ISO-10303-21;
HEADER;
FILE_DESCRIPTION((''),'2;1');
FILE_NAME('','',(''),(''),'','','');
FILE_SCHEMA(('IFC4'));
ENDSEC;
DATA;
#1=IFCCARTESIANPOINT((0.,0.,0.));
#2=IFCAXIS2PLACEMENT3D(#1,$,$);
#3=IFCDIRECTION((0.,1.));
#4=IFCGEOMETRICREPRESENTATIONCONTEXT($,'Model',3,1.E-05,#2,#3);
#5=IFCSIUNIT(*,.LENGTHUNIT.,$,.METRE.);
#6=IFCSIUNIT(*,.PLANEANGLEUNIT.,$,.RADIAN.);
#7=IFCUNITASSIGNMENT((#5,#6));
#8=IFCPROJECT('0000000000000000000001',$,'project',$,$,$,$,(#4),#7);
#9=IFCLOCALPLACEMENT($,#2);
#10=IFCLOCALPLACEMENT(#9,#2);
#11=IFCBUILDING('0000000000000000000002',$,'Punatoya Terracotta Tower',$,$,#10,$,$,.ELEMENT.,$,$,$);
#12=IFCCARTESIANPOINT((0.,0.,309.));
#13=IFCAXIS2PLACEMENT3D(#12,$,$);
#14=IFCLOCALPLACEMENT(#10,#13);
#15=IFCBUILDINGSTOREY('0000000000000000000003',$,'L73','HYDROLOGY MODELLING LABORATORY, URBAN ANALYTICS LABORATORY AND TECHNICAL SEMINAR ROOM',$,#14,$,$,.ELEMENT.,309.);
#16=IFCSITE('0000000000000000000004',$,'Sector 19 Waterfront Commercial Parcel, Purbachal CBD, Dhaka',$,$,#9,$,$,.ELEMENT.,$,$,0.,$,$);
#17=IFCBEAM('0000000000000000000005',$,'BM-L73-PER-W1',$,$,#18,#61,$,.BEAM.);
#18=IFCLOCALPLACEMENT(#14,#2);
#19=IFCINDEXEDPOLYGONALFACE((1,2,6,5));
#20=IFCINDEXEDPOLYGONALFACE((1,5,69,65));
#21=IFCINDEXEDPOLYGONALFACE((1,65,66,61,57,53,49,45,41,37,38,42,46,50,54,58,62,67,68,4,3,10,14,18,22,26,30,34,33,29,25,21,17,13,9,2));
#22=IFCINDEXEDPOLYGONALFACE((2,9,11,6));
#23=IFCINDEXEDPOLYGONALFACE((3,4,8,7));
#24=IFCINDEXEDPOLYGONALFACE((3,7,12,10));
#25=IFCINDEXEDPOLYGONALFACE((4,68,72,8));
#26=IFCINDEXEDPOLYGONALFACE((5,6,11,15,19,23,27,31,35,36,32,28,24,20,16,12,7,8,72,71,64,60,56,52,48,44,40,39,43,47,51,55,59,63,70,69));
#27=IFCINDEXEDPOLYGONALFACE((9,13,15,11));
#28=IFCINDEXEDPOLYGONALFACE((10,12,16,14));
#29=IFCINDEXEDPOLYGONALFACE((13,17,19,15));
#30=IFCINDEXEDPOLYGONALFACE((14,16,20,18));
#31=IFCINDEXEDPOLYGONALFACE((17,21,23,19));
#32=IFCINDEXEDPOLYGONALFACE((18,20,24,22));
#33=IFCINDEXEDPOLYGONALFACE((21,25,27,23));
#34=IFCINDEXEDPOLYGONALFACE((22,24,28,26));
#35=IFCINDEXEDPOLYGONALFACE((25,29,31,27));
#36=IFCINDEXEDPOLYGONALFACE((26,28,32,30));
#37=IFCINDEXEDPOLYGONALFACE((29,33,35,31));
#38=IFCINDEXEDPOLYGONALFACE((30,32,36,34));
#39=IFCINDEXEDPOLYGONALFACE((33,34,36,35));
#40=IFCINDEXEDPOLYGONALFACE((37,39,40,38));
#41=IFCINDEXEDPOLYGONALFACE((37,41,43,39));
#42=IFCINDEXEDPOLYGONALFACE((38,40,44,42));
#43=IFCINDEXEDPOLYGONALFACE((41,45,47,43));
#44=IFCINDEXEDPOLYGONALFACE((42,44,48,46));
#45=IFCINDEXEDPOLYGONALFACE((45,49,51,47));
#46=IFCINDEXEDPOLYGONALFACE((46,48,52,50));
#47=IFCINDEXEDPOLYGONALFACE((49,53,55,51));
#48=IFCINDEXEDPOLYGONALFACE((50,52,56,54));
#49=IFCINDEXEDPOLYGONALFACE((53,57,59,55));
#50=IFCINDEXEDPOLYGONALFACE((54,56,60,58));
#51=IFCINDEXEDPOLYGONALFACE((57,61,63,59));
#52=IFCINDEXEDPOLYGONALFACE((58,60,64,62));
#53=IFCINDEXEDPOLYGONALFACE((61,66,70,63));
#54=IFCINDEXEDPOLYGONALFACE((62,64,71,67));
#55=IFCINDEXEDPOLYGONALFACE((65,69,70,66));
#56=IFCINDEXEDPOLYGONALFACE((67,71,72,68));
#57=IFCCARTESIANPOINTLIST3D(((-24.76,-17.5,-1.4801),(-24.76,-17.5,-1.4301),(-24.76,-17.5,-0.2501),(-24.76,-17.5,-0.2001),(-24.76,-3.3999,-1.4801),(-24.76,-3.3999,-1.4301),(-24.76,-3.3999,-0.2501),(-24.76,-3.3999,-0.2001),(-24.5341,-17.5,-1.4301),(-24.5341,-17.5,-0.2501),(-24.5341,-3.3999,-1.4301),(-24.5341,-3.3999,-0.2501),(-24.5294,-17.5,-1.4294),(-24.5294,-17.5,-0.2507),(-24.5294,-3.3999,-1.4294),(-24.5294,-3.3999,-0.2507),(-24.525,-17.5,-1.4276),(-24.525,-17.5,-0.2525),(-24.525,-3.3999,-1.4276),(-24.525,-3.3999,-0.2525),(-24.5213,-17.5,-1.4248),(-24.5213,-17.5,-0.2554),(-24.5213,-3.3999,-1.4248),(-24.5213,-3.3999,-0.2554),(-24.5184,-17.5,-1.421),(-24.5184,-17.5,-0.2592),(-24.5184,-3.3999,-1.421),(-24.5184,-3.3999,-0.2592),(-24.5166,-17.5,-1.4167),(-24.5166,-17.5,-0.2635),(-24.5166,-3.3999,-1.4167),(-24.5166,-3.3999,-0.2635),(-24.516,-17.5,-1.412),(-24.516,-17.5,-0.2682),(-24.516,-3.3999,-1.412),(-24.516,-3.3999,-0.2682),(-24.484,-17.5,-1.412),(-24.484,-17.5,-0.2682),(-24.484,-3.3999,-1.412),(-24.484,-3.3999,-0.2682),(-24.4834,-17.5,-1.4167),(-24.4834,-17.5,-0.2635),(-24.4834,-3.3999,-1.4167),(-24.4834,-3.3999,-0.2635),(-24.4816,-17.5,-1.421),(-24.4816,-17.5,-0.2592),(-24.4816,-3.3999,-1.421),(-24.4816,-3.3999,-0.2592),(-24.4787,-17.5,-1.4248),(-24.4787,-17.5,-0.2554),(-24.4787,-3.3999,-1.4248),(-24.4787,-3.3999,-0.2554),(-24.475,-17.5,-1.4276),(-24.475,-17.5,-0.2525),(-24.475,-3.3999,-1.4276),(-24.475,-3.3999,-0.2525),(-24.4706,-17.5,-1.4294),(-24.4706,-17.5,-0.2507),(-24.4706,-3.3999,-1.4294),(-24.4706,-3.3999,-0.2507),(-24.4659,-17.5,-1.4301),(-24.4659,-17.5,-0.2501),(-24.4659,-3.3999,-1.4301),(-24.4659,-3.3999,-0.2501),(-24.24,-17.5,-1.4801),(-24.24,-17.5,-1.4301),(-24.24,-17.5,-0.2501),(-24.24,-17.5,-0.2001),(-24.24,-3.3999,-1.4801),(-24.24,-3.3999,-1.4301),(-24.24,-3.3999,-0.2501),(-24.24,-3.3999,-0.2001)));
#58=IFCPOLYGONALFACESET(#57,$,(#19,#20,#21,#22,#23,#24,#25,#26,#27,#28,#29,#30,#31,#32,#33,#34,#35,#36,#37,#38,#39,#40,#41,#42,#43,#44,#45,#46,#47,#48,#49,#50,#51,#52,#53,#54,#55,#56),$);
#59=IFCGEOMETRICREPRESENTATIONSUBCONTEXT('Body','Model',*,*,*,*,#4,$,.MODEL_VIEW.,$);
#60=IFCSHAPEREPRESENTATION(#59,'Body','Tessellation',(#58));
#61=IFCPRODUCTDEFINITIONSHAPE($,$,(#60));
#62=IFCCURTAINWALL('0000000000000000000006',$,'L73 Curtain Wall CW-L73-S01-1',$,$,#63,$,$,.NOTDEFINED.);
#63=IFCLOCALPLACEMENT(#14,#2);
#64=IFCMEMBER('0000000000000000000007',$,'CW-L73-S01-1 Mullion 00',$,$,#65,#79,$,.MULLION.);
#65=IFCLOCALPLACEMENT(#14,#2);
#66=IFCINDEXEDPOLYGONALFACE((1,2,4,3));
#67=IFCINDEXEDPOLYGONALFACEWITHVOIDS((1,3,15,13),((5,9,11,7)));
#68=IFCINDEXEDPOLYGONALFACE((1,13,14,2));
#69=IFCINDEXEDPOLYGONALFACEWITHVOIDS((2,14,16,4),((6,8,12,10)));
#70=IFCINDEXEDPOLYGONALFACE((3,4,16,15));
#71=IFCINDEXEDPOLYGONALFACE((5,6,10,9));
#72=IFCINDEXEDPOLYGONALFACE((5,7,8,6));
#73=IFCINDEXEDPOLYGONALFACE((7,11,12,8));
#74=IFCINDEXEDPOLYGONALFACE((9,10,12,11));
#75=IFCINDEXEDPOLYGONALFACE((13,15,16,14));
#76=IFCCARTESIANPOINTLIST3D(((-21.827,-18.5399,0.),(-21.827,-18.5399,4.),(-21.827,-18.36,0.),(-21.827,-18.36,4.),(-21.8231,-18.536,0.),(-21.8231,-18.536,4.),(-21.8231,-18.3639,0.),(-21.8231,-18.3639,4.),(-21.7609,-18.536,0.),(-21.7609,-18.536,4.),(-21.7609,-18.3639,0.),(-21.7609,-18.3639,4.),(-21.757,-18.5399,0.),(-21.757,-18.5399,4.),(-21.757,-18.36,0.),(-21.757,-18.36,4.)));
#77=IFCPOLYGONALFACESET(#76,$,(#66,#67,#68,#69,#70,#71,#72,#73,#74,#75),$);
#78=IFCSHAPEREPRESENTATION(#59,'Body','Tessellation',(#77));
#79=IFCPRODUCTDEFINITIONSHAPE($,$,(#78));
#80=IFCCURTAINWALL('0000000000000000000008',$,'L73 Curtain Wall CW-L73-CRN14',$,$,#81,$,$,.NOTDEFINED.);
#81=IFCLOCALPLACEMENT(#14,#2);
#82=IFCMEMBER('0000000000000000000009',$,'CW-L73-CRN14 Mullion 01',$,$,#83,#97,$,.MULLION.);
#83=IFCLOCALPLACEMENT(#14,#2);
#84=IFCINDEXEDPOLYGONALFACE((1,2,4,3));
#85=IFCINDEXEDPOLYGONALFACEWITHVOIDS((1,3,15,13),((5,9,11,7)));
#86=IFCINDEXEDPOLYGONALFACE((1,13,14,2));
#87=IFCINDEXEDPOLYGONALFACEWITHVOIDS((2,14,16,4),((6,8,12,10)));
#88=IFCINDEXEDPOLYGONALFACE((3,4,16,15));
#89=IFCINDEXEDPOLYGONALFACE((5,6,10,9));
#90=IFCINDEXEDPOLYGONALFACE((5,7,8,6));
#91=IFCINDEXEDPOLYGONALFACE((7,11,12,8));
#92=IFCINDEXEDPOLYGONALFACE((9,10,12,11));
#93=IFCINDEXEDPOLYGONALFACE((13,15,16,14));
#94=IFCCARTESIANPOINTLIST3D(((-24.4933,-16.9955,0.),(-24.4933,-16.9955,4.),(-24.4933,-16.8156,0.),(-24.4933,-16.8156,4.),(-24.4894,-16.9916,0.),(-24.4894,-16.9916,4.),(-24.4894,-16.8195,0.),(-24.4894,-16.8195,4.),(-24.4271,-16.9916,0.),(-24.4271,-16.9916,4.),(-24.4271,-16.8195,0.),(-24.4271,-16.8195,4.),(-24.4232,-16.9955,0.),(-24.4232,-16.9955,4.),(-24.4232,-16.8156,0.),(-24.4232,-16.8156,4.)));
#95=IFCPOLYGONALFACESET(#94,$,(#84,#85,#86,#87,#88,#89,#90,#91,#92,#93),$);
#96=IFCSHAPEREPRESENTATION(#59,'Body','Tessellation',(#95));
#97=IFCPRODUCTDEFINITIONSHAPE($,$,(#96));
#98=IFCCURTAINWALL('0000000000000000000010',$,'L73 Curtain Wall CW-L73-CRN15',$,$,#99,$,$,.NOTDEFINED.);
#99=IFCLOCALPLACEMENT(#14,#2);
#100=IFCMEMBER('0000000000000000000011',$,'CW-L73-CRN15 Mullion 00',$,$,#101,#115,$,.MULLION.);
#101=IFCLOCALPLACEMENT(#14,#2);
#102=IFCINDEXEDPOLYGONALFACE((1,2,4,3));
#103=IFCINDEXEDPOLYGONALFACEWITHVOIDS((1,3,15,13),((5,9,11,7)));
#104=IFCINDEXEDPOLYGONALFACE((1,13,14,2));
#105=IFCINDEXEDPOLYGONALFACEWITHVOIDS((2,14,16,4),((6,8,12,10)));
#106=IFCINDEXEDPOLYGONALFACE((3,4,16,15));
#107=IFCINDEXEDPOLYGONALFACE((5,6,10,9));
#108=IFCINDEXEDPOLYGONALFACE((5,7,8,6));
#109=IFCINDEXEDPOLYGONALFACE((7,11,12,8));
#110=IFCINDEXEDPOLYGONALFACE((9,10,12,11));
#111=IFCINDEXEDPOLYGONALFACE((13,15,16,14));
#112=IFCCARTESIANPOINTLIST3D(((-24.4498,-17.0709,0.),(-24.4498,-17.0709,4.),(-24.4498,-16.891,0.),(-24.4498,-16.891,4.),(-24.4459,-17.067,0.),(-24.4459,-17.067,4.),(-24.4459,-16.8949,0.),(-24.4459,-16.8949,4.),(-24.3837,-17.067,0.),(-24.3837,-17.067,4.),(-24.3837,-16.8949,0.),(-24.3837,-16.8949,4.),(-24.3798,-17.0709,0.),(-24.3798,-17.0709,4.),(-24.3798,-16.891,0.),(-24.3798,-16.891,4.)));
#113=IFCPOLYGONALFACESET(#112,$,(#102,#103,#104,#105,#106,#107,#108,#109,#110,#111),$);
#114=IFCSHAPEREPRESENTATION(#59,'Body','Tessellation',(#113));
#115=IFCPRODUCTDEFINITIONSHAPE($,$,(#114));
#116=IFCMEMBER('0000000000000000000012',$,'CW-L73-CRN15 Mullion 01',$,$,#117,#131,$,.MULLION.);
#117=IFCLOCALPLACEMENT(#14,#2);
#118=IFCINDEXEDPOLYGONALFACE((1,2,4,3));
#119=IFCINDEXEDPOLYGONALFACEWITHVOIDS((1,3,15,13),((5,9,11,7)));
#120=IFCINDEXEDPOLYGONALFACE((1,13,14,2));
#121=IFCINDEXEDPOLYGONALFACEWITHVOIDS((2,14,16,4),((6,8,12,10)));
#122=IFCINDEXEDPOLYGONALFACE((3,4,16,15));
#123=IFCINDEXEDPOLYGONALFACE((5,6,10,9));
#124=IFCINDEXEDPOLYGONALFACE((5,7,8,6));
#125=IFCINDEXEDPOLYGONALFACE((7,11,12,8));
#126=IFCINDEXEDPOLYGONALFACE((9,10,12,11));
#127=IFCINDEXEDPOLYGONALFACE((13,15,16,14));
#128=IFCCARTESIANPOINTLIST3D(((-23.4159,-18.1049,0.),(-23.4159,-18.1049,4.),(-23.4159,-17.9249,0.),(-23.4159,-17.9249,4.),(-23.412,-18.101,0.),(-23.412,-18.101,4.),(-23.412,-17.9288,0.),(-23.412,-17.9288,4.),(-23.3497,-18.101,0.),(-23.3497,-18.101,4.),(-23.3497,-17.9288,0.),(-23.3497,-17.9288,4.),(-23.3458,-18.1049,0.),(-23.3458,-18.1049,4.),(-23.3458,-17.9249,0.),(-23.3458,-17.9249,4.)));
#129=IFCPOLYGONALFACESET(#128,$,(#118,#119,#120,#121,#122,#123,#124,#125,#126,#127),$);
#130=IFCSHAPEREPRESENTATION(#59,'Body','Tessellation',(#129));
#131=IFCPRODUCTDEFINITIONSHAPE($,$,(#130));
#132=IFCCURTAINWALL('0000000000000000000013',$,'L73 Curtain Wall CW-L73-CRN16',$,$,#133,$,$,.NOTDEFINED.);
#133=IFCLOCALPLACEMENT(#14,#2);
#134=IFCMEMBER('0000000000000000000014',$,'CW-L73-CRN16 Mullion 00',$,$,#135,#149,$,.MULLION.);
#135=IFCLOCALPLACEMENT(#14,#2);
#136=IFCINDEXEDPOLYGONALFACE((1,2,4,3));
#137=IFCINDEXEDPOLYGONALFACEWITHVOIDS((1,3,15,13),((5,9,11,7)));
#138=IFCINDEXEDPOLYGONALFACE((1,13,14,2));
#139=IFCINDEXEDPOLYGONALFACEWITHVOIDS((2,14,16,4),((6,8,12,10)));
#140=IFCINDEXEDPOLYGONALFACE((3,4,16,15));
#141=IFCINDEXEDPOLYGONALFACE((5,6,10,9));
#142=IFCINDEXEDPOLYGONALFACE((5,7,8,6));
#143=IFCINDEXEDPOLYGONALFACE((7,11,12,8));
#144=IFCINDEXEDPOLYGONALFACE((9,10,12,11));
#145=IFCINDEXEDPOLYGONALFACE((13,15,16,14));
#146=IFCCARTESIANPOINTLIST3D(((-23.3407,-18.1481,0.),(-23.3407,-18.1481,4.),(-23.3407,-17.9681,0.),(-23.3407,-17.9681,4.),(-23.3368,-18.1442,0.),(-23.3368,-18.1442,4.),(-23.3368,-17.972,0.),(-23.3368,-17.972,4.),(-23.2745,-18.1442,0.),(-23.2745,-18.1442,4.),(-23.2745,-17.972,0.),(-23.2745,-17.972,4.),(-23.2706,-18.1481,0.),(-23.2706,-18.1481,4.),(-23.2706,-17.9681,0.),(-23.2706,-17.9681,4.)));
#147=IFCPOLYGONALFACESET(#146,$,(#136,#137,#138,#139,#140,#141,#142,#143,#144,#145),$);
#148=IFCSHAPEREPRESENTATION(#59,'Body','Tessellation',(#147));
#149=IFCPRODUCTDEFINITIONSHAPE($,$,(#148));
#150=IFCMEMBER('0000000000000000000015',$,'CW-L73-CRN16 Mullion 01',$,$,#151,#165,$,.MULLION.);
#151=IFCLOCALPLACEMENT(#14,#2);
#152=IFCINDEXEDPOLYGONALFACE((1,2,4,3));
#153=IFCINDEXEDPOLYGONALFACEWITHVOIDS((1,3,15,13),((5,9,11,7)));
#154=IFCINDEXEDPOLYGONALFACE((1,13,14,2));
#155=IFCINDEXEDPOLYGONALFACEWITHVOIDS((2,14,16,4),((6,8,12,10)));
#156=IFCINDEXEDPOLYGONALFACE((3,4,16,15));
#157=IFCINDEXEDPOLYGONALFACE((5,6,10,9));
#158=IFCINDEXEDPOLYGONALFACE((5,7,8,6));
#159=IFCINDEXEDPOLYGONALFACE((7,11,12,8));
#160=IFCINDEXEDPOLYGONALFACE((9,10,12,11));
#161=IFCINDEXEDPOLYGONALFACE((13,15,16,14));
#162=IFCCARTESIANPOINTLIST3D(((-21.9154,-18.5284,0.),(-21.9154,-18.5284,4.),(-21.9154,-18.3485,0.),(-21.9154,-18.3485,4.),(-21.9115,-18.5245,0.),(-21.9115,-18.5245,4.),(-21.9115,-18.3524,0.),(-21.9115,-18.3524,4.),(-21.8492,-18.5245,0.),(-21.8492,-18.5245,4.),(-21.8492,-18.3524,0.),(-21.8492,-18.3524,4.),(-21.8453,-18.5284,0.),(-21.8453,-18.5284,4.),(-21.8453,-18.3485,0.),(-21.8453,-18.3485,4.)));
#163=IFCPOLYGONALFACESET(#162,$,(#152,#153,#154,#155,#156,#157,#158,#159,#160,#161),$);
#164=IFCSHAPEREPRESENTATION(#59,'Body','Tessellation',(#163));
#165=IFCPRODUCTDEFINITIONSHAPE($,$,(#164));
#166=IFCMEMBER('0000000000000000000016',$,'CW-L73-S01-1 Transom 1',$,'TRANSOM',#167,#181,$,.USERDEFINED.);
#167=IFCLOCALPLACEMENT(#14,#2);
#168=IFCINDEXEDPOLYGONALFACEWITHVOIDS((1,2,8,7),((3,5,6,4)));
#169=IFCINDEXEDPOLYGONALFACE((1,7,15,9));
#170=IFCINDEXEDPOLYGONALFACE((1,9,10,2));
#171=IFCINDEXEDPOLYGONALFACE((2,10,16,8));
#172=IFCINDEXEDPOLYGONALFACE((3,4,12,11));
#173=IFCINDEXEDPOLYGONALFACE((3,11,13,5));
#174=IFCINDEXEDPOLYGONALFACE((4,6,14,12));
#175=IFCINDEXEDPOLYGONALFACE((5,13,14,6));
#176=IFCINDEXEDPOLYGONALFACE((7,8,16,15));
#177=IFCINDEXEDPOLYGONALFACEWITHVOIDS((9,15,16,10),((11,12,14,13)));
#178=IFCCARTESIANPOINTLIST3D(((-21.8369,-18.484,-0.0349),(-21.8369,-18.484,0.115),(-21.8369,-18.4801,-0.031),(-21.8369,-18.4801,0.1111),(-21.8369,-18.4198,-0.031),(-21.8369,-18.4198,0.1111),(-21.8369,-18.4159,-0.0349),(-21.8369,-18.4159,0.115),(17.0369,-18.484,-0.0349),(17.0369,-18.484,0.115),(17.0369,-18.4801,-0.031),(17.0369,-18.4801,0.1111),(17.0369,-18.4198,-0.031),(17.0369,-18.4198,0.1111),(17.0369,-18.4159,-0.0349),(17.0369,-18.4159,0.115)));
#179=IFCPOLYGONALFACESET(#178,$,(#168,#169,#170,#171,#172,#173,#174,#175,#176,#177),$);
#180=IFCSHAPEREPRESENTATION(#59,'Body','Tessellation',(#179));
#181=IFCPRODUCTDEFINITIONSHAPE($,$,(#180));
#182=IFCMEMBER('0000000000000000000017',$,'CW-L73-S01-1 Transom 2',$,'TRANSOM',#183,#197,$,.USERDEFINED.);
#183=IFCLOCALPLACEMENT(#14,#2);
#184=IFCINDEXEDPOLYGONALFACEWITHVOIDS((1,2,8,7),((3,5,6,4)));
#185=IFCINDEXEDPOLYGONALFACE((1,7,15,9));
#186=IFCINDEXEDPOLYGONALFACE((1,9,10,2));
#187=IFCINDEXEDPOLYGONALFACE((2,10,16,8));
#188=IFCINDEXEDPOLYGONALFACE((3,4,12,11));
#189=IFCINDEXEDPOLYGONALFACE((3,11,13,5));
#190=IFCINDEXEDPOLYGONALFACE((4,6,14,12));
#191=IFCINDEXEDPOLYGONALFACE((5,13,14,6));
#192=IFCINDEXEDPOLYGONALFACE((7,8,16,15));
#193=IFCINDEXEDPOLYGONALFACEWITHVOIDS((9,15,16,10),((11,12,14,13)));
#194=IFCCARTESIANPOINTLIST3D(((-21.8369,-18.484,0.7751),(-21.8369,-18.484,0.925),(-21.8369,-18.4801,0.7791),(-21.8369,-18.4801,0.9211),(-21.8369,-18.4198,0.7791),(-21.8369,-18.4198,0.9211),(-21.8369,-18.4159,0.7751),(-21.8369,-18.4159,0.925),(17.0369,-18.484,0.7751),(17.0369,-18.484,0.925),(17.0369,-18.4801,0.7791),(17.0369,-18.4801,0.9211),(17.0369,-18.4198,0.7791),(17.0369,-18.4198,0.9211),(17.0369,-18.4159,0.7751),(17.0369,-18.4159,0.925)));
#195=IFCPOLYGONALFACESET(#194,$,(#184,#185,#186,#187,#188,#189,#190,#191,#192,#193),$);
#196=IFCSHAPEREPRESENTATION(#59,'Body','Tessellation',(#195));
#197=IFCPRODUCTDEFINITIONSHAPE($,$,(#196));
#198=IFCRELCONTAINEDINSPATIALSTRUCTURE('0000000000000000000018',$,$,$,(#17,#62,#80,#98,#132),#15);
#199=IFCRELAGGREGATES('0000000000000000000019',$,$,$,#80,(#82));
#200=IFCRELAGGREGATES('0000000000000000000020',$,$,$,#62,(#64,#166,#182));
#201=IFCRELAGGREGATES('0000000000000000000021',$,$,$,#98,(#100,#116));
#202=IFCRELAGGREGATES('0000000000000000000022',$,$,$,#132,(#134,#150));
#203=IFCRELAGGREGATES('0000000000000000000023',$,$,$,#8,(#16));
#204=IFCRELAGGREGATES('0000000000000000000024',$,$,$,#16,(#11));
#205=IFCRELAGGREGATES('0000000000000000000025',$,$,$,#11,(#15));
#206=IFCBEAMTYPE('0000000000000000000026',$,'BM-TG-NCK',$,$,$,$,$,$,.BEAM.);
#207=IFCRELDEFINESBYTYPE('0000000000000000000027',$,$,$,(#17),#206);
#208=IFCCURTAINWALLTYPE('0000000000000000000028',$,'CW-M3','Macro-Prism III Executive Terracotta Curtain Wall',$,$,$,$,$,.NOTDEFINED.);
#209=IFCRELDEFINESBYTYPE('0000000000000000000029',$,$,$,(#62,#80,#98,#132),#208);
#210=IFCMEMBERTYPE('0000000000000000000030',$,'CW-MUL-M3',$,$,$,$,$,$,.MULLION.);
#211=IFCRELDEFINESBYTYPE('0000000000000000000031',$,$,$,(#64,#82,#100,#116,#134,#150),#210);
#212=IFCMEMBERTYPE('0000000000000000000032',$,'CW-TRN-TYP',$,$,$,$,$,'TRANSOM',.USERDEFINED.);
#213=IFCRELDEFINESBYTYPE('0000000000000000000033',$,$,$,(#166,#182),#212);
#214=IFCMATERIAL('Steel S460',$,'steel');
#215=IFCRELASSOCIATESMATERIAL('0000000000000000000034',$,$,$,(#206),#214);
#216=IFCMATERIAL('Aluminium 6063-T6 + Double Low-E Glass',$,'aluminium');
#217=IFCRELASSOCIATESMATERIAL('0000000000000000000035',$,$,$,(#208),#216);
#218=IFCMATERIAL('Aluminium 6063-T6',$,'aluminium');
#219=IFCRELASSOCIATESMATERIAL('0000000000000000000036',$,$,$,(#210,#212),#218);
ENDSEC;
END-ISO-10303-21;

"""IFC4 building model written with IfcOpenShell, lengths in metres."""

from ifc_helpers import new_model, si_unit, direction, frame, origin, origin_2d, place, context, subcontext, project, spatial, hollow_rectangle, i_section, extrude, material, material_profile, profile_set, type_object, element, aggregate, save


model = new_model("IFC4")

# Units and contexts
model_context = context("Model", 3, precision=1e-05, world=origin(), true_north=direction((0.0, 1.0)))
body_context = subcontext(model_context, "Body", "Model", "MODEL_VIEW")
ifc_project = project(units=[si_unit("LENGTHUNIT", "METRE"), si_unit("PLANEANGLEUNIT", "RADIAN")], contexts=[model_context])

# Site, building, storey
site_placement = place(None, origin())
site = spatial("IfcSite", under=ifc_project, at=site_placement, Name="Sector 19 Waterfront Commercial Parcel, Purbachal CBD, Dhaka", CompositionType="ELEMENT", RefElevation=0.0)
building_placement = place(site_placement, origin())
building = spatial("IfcBuilding", under=site, at=building_placement, Name="Punatoya Terracotta Tower", CompositionType="ELEMENT")
storey_placement = place(building_placement, frame((0.0, 0.0, 309.0)))
storey = spatial("IfcBuildingStorey", under=building, at=storey_placement, Name="L73", Description="HYDROLOGY MODELLING LABORATORY, URBAN ANALYTICS LABORATORY AND TECHNICAL SEMINAR ROOM", CompositionType="ELEMENT", Elevation=309.0)

# Shared definitions
ifc_material_1 = material(Name="Steel S460", Category="steel")

# Beam
ifc_material_profile_1 = material_profile(ifc_material_1, i_section(OverallWidth=0.52, OverallDepth=1.28, WebThickness=0.032, FlangeThickness=0.05, FilletRadius=0.0181, at=origin_2d()))
ifc_profile_set_1 = profile_set([ifc_material_profile_1], Name="Steel S460")
beam_type_1 = type_object("IfcBeamType", Name="BM-TG-NCK", PredefinedType="BEAM", material=ifc_profile_set_1)
beam_1_placement = place(storey_placement, frame((-24.5, -17.5, -0.8401), z_axis=(0.0, 1.0, 0.0), x_axis=(-1.0, 0.0, 0.0)))
element("IfcBeam", 1, at=beam_1_placement, inside=storey, type_object=beam_type_1, Name="BM-L73-PER-W1", PredefinedType="BEAM", context=body_context, shape_type="SweptSolid", body=[
    extrude(i_section(OverallWidth=0.52, OverallDepth=1.28, WebThickness=0.032, FlangeThickness=0.05, FilletRadius=0.0181, at=origin_2d()), origin(), (0.0, 0.0, 1.0), 14.1001),
])

# Curtain walls, members
ifc_material_2 = material(Name="Aluminium 6063-T6 + Double Low-E Glass", Category="aluminium")
curtain_wall_type = type_object("IfcCurtainWallType", Name="CW-M3", Description="Macro-Prism III Executive Terracotta Curtain Wall", PredefinedType="NOTDEFINED", material=ifc_material_2)
curtain_wall_1_placement = place(storey_placement, origin())
curtain_wall_1 = element("IfcCurtainWall", 2, at=curtain_wall_1_placement, inside=storey, type_object=curtain_wall_type, Name="L73 Curtain Wall CW-L73-S01-1", PredefinedType="NOTDEFINED")
ifc_material_3 = material(Name="Aluminium 6063-T6", Category="aluminium")
ifc_material_profile_2 = material_profile(ifc_material_3, hollow_rectangle(XDim=0.0701, YDim=0.1799, WallThickness=0.0039, at=origin_2d()))
ifc_profile_set_2 = profile_set([ifc_material_profile_2], Name="Aluminium 6063-T6")
member_type_1 = type_object("IfcMemberType", Name="CW-MUL-M3", PredefinedType="MULLION", material=ifc_profile_set_2)
member_1_placement = place(storey_placement, frame((-21.792, -18.45, 0.0), z_axis=(0.0, 0.0, 1.0), x_axis=(1.0, 0.0, 0.0)))
member_1 = element("IfcMember", 3, at=member_1_placement, type_object=member_type_1, Name="CW-L73-S01-1 Mullion 00", PredefinedType="MULLION", context=body_context, shape_type="SweptSolid", body=[
    extrude(hollow_rectangle(XDim=0.0701, YDim=0.1799, WallThickness=0.0039, at=origin_2d()), origin(), (0.0, 0.0, 1.0), 4.0),
])
curtain_wall_2_placement = place(storey_placement, origin())
curtain_wall_2 = element("IfcCurtainWall", 4, at=curtain_wall_2_placement, inside=storey, type_object=curtain_wall_type, Name="L73 Curtain Wall CW-L73-CRN14", PredefinedType="NOTDEFINED")
member_2_placement = place(storey_placement, frame((-24.4583, -16.9055, 0.0), z_axis=(0.0, 0.0, 1.0), x_axis=(1.0, 0.0, 0.0)))
member_2 = element("IfcMember", 5, at=member_2_placement, type_object=member_type_1, Name="CW-L73-CRN14 Mullion 01", PredefinedType="MULLION", context=body_context, shape_type="SweptSolid", body=[
    extrude(hollow_rectangle(XDim=0.0701, YDim=0.1799, WallThickness=0.0039, at=origin_2d()), origin(), (0.0, 0.0, 1.0), 4.0),
])
aggregate(curtain_wall_2, [member_2])

# Curtain walls, members
curtain_wall_3_placement = place(storey_placement, origin())
curtain_wall_3 = element("IfcCurtainWall", 6, at=curtain_wall_3_placement, inside=storey, type_object=curtain_wall_type, Name="L73 Curtain Wall CW-L73-CRN15", PredefinedType="NOTDEFINED")
member_3_placement = place(storey_placement, frame((-24.4148, -16.981, 0.0), z_axis=(0.0, 0.0, 1.0), x_axis=(1.0, 0.0, 0.0)))
member_3 = element("IfcMember", 7, at=member_3_placement, type_object=member_type_1, Name="CW-L73-CRN15 Mullion 00", PredefinedType="MULLION", context=body_context, shape_type="SweptSolid", body=[
    extrude(hollow_rectangle(XDim=0.0701, YDim=0.1799, WallThickness=0.0039, at=origin_2d()), origin(), (0.0, 0.0, 1.0), 4.0),
])
member_4_placement = place(storey_placement, frame((-23.3809, -18.0149, 0.0), z_axis=(0.0, 0.0, 1.0), x_axis=(1.0, 0.0, 0.0)))
member_4 = element("IfcMember", 8, at=member_4_placement, type_object=member_type_1, Name="CW-L73-CRN15 Mullion 01", PredefinedType="MULLION", context=body_context, shape_type="SweptSolid", body=[
    extrude(hollow_rectangle(XDim=0.0701, YDim=0.1799, WallThickness=0.0039, at=origin_2d()), origin(), (0.0, 0.0, 1.0), 4.0),
])
curtain_wall_4_placement = place(storey_placement, origin())
curtain_wall_4 = element("IfcCurtainWall", 9, at=curtain_wall_4_placement, inside=storey, type_object=curtain_wall_type, Name="L73 Curtain Wall CW-L73-CRN16", PredefinedType="NOTDEFINED")
member_5_placement = place(storey_placement, frame((-23.3057, -18.0581, 0.0), z_axis=(0.0, 0.0, 1.0), x_axis=(1.0, 0.0, 0.0)))
member_5 = element("IfcMember", 10, at=member_5_placement, type_object=member_type_1, Name="CW-L73-CRN16 Mullion 00", PredefinedType="MULLION", context=body_context, shape_type="SweptSolid", body=[
    extrude(hollow_rectangle(XDim=0.0701, YDim=0.1799, WallThickness=0.0039, at=origin_2d()), origin(), (0.0, 0.0, 1.0), 4.0),
])
member_6_placement = place(storey_placement, frame((-21.8804, -18.4385, 0.0), z_axis=(0.0, 0.0, 1.0), x_axis=(1.0, 0.0, 0.0)))
member_6 = element("IfcMember", 11, at=member_6_placement, type_object=member_type_1, Name="CW-L73-CRN16 Mullion 01", PredefinedType="MULLION", context=body_context, shape_type="SweptSolid", body=[
    extrude(hollow_rectangle(XDim=0.0701, YDim=0.1799, WallThickness=0.0039, at=origin_2d()), origin(), (0.0, 0.0, 1.0), 4.0),
])

# Members
ifc_material_profile_3 = material_profile(ifc_material_3, hollow_rectangle(XDim=0.0681, YDim=0.1499, WallThickness=0.0039, at=origin_2d()))
ifc_profile_set_3 = profile_set([ifc_material_profile_3], Name="Aluminium 6063-T6")
member_type_2 = type_object("IfcMemberType", Name="CW-TRN-TYP", ElementType="TRANSOM", PredefinedType="USERDEFINED", material=ifc_profile_set_3)
member_7_placement = place(storey_placement, frame((-21.8369, -18.45, 0.04), z_axis=(1.0, 0.0, 0.0), x_axis=(0.0, 1.0, 0.0)))
member_7 = element("IfcMember", 12, at=member_7_placement, type_object=member_type_2, Name="CW-L73-S01-1 Transom 1", ObjectType="TRANSOM", PredefinedType="USERDEFINED", context=body_context, shape_type="SweptSolid", body=[
    extrude(hollow_rectangle(XDim=0.0681, YDim=0.1499, WallThickness=0.0039, at=origin_2d()), origin(), (0.0, 0.0, 1.0), 38.8738),
])
member_8_placement = place(storey_placement, frame((-21.8369, -18.45, 0.8501), z_axis=(1.0, 0.0, 0.0), x_axis=(0.0, 1.0, 0.0)))
member_8 = element("IfcMember", 13, at=member_8_placement, type_object=member_type_2, Name="CW-L73-S01-1 Transom 2", ObjectType="TRANSOM", PredefinedType="USERDEFINED", context=body_context, shape_type="SweptSolid", body=[
    extrude(hollow_rectangle(XDim=0.0681, YDim=0.1499, WallThickness=0.0039, at=origin_2d()), origin(), (0.0, 0.0, 1.0), 38.8738),
])

aggregate(curtain_wall_1, [member_1, member_7, member_8])
aggregate(curtain_wall_3, [member_3, member_4])
aggregate(curtain_wall_4, [member_5, member_6])

save(model, "model.ifc")
